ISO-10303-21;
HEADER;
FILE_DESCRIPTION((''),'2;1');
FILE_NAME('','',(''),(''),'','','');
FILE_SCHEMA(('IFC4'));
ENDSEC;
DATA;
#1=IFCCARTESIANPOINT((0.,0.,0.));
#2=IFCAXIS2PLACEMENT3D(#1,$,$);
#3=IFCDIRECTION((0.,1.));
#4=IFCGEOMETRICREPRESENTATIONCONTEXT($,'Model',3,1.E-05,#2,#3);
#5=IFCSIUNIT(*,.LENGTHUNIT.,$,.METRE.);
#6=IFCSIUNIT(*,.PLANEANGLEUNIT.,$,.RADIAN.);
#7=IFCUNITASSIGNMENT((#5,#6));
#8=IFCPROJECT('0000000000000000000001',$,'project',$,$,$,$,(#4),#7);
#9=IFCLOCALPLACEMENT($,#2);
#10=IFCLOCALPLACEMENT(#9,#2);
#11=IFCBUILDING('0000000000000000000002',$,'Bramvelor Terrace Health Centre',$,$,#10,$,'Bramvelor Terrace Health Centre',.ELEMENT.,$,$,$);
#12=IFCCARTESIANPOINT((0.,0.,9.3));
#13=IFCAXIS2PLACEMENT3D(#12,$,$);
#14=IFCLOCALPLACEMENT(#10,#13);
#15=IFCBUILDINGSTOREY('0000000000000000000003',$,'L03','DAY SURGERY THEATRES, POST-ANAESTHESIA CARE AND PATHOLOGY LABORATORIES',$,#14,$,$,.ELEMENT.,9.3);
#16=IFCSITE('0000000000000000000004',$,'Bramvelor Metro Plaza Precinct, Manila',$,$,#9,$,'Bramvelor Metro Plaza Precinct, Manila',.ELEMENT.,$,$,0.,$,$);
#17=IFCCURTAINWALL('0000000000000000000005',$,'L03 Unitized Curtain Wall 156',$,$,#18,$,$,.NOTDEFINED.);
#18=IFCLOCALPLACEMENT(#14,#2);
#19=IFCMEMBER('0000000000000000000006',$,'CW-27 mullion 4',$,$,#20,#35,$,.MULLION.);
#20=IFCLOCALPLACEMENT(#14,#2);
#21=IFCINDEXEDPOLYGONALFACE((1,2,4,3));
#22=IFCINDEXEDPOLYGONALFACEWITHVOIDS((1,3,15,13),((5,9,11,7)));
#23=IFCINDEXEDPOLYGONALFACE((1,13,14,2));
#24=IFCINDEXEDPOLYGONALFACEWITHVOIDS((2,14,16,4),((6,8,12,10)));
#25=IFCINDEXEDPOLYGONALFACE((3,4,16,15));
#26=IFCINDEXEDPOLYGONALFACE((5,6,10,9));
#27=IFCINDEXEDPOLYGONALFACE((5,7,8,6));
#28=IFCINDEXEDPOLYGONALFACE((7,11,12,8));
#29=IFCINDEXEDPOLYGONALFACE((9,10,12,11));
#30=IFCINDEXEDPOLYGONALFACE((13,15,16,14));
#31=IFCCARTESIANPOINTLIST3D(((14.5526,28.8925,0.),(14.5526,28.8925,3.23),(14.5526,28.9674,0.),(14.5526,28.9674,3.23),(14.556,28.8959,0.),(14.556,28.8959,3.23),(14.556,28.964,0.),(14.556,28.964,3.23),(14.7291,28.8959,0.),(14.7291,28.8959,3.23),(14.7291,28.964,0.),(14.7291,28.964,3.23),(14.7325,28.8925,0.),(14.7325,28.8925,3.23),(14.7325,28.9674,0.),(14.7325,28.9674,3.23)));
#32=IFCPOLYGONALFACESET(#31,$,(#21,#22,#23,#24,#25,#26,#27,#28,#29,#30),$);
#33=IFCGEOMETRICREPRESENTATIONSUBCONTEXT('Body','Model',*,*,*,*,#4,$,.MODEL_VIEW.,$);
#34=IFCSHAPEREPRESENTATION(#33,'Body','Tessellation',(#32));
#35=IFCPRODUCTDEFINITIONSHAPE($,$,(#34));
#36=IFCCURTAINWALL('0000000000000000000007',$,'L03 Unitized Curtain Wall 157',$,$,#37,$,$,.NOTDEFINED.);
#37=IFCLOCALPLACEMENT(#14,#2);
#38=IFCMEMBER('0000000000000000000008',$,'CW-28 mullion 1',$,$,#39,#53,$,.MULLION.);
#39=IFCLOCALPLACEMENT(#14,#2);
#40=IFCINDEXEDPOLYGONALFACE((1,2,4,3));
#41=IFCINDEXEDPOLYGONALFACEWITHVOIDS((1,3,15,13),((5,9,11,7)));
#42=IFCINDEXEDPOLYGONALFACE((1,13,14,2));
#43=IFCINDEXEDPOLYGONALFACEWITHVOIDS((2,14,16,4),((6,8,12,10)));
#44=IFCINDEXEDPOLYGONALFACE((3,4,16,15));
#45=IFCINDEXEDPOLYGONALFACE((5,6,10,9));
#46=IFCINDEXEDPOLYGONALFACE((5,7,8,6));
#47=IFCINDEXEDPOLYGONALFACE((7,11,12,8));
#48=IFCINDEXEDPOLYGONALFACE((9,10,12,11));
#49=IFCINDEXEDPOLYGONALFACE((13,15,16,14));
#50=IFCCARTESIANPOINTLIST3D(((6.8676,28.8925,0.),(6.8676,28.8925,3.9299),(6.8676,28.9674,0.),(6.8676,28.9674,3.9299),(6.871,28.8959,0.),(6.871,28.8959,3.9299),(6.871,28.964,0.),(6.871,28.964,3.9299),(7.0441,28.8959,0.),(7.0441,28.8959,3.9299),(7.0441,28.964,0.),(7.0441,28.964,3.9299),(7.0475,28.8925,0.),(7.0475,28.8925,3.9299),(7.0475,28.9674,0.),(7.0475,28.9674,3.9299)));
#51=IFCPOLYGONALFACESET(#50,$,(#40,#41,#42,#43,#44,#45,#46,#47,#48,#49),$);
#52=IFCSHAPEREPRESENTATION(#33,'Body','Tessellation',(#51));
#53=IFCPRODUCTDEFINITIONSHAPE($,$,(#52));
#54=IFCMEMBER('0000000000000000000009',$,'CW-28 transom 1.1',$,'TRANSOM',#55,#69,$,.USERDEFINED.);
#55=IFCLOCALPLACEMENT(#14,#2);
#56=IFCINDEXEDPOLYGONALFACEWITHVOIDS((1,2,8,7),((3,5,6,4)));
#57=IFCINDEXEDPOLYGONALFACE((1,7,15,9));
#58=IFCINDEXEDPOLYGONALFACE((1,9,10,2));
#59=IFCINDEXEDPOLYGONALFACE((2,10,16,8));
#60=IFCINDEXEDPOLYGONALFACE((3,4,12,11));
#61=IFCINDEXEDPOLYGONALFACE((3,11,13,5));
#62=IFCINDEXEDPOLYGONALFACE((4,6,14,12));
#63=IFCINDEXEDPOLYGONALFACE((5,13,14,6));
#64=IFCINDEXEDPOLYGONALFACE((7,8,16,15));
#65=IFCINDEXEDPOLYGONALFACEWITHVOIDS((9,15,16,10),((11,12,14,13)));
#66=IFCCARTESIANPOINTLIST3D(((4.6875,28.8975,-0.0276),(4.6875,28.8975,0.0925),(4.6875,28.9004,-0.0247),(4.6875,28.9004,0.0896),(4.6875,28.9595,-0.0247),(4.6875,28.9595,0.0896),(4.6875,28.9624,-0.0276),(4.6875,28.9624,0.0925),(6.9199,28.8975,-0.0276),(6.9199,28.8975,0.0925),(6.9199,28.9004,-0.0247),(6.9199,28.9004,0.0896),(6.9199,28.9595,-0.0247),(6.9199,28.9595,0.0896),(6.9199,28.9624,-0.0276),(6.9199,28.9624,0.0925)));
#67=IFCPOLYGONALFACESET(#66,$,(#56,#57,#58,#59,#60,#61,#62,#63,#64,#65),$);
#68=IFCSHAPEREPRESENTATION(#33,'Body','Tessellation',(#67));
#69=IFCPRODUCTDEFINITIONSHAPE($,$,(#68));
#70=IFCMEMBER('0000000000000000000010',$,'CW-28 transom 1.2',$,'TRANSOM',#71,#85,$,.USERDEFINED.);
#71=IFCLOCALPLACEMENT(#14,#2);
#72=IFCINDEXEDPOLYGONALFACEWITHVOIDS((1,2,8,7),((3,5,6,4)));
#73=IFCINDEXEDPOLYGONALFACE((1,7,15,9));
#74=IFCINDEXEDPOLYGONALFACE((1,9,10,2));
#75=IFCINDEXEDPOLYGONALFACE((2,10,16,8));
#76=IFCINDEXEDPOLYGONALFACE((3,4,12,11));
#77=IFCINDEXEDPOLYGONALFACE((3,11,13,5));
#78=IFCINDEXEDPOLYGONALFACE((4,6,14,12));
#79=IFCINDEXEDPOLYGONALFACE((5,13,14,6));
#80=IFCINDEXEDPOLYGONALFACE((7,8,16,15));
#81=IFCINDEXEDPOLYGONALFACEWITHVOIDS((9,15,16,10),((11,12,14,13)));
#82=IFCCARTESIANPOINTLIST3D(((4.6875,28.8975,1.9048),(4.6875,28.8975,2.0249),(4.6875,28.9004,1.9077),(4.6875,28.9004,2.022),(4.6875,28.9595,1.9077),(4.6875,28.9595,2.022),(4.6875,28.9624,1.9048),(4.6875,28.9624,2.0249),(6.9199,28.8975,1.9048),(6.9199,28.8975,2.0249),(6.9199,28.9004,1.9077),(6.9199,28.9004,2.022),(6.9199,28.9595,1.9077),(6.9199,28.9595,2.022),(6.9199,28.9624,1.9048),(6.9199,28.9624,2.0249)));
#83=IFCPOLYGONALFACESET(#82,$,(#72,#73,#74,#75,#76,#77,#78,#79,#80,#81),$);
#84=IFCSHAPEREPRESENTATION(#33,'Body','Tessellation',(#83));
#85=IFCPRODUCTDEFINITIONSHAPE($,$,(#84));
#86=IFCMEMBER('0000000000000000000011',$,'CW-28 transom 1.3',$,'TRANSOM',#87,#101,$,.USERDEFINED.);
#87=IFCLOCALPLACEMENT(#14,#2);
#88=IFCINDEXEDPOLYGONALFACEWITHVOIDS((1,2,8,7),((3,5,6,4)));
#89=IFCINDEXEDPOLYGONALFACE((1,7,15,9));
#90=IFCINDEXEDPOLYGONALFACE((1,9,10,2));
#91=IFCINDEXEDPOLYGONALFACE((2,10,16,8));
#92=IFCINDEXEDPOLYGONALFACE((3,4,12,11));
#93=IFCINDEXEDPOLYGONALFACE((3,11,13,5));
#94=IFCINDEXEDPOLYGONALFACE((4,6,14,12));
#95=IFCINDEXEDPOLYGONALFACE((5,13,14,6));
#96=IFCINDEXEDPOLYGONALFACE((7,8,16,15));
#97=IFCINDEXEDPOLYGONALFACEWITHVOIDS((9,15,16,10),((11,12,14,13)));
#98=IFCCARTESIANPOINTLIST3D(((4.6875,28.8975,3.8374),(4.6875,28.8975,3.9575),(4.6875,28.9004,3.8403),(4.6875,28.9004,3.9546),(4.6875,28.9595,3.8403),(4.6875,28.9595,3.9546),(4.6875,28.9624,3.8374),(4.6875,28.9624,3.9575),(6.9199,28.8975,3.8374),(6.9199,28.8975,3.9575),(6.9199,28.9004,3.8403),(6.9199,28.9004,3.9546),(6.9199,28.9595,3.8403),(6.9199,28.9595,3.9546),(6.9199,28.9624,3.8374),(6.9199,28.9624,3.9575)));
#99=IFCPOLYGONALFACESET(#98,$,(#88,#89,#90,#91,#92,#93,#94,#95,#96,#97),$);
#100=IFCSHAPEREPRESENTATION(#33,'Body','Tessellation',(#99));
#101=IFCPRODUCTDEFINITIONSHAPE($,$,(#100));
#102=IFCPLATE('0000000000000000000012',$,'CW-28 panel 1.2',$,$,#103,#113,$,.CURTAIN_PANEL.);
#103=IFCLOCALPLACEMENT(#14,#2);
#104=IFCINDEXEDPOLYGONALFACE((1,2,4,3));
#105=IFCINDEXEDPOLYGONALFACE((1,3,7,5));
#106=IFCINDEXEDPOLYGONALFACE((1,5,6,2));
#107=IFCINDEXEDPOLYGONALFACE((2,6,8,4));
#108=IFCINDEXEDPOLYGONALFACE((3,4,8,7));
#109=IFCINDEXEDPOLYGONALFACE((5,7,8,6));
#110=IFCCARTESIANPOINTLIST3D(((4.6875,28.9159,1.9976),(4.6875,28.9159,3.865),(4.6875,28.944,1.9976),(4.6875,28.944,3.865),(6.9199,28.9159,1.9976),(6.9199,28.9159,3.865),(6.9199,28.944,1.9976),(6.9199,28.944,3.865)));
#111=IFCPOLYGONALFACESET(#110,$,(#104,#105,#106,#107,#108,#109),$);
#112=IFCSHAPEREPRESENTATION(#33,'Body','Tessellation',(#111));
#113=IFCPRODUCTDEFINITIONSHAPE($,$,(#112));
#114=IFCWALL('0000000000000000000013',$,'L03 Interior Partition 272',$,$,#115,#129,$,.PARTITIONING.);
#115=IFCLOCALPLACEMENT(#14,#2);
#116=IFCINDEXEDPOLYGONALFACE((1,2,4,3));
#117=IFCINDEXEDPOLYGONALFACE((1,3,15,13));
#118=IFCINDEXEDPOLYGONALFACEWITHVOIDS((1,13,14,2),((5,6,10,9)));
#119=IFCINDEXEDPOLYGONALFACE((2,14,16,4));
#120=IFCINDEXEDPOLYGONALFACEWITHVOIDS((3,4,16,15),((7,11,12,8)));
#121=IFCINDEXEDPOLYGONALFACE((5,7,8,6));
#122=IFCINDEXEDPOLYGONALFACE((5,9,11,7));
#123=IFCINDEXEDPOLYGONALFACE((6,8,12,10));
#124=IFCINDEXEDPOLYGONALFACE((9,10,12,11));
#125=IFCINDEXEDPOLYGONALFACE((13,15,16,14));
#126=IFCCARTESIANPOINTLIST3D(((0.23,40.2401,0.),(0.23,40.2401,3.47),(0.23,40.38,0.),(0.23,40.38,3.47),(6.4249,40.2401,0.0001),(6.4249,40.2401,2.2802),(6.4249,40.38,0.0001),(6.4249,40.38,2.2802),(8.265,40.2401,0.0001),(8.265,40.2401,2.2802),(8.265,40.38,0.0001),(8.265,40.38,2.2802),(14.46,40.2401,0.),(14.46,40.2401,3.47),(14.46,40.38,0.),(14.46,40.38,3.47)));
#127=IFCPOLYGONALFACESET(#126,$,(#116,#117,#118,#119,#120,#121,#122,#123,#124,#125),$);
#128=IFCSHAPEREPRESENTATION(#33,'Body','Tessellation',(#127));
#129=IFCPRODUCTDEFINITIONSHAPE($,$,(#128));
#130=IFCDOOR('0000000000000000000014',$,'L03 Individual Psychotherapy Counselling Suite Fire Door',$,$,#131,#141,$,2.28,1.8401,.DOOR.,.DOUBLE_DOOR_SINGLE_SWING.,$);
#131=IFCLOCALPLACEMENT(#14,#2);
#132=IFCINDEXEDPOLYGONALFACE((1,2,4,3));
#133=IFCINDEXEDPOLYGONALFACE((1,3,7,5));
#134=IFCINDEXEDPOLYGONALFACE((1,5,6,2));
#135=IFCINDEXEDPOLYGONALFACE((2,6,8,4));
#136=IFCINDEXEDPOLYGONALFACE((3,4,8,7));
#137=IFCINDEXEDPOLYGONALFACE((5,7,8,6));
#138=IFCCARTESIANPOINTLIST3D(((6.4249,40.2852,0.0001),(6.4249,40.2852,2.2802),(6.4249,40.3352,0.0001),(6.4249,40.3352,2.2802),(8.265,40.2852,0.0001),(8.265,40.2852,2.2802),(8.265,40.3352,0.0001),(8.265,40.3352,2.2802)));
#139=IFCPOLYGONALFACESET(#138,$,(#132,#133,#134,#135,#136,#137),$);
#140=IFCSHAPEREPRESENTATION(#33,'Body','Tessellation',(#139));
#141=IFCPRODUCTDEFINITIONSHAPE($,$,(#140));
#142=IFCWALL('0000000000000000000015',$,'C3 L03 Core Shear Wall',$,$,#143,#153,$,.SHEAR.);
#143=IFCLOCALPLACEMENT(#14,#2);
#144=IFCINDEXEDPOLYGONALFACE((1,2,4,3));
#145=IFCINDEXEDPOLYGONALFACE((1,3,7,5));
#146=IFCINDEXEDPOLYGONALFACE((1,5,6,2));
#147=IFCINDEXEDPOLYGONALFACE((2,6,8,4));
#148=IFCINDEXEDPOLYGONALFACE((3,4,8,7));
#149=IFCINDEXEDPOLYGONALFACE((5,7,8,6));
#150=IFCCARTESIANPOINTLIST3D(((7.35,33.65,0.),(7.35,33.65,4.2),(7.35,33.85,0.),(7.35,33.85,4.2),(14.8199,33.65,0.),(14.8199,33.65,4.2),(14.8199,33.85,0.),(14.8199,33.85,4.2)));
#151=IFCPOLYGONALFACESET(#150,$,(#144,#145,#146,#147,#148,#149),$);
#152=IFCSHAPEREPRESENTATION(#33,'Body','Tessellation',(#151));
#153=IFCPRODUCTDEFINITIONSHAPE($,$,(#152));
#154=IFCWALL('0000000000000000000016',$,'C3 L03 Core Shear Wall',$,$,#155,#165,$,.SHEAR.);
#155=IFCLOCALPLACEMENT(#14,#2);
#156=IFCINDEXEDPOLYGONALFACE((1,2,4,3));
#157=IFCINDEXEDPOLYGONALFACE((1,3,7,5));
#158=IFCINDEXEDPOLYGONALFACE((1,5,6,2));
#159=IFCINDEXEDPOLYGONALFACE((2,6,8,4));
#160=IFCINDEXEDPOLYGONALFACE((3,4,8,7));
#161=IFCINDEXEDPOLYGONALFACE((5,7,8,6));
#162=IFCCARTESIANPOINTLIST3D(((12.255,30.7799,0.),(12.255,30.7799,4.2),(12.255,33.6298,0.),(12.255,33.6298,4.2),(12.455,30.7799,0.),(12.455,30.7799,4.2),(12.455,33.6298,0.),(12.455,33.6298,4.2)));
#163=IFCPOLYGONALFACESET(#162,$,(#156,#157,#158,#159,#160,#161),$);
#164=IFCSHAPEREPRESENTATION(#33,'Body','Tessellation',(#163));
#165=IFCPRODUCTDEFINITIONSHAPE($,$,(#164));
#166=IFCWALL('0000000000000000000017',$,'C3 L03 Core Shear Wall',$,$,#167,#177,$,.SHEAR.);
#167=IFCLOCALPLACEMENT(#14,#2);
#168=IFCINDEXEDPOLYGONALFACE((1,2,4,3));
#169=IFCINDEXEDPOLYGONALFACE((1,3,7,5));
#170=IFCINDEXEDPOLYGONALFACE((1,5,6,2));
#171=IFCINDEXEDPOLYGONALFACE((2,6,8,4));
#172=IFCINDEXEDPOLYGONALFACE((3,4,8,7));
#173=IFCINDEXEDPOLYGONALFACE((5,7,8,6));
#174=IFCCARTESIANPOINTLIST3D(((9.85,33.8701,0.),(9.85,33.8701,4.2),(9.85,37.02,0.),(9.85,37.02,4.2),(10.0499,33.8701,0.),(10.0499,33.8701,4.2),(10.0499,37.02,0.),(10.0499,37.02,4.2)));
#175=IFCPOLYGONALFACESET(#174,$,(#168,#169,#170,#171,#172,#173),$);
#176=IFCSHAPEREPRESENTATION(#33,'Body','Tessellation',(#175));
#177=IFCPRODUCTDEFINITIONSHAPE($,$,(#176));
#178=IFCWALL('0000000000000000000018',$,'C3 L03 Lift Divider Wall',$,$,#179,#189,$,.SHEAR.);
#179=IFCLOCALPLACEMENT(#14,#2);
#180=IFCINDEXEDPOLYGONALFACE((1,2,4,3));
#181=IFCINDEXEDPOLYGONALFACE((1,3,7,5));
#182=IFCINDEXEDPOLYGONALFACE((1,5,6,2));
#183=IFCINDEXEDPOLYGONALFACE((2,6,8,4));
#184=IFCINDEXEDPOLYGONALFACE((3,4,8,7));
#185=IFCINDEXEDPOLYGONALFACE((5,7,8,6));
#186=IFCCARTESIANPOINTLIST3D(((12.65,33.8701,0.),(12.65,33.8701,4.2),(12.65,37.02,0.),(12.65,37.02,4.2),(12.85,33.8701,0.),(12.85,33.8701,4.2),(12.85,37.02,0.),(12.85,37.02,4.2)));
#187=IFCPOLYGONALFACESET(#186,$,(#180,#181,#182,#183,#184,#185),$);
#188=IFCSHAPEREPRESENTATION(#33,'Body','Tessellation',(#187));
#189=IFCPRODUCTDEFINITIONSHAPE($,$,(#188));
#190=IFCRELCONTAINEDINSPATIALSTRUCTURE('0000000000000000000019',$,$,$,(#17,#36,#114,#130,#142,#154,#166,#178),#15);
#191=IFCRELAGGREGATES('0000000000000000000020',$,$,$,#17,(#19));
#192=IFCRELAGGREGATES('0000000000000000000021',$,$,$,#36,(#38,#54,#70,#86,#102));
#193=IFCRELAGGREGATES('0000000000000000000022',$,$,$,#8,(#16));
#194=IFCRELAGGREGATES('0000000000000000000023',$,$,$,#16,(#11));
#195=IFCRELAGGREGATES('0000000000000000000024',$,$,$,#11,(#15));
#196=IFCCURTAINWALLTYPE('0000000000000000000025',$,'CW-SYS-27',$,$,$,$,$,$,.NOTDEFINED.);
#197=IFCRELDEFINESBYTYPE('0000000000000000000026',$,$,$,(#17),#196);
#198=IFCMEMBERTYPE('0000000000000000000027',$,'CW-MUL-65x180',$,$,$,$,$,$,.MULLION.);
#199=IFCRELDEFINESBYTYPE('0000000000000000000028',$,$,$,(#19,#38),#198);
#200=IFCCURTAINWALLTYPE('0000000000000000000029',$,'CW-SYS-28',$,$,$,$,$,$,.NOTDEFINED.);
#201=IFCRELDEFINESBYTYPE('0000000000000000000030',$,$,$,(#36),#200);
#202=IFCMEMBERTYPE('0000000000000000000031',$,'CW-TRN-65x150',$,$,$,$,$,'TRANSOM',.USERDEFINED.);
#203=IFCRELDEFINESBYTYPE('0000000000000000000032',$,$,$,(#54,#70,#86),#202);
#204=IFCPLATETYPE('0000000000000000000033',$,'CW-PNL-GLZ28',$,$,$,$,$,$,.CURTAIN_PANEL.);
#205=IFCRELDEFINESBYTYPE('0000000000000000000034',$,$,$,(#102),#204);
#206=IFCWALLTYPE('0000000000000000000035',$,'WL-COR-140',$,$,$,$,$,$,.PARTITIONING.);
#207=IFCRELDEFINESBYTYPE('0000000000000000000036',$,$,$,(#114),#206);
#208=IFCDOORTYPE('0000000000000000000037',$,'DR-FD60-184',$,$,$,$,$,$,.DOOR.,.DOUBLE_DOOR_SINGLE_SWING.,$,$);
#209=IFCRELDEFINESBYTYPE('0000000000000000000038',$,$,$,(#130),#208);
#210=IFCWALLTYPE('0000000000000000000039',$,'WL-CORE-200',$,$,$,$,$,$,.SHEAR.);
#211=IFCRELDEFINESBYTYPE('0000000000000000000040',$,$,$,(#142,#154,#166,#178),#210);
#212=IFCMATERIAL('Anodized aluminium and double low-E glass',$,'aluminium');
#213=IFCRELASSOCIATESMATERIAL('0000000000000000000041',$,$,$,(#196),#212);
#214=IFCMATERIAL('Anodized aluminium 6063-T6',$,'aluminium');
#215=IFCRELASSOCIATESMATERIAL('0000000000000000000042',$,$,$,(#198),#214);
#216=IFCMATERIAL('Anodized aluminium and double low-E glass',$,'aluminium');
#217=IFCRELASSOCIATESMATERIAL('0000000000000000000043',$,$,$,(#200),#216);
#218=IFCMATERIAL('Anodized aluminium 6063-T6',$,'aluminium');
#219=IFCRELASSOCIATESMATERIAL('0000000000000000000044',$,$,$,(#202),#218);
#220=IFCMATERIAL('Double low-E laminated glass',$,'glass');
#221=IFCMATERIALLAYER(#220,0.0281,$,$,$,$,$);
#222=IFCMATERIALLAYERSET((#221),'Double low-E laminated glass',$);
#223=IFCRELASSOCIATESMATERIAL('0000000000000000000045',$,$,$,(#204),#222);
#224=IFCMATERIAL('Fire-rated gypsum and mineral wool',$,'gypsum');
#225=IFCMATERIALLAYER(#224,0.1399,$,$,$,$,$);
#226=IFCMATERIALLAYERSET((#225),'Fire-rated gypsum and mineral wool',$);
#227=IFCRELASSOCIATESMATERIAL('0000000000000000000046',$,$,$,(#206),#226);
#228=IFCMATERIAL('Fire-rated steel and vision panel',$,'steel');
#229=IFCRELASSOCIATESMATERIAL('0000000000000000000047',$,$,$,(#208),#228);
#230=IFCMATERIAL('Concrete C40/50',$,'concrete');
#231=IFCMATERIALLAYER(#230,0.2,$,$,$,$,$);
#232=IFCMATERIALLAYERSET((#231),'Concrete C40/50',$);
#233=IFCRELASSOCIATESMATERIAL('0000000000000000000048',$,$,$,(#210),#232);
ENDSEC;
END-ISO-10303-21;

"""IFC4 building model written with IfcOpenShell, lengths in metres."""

from ifc_helpers import new_model, si_unit, direction, frame, frame_2d, origin, origin_2d, place, context, subcontext, project, spatial, rectangle, hollow_rectangle, extrude, material, layer, layer_set, material_profile, profile_set, type_object, element, fill, aggregate, save


model = new_model("IFC4")

# Units and contexts
model_context = context("Model", 3, precision=1e-05, world=origin(), true_north=direction((0.0, 1.0)))
body_context = subcontext(model_context, "Body", "Model", "MODEL_VIEW")
ifc_project = project(units=[si_unit("LENGTHUNIT", "METRE"), si_unit("PLANEANGLEUNIT", "RADIAN")], contexts=[model_context])

# Site, building, storey
site_placement = place(None, origin())
site = spatial("IfcSite", under=ifc_project, at=site_placement, Name="Bramvelor Metro Plaza Precinct, Manila", LongName="Bramvelor Metro Plaza Precinct, Manila", CompositionType="ELEMENT", RefElevation=0.0)
building_placement = place(site_placement, origin())
building = spatial("IfcBuilding", under=site, at=building_placement, Name="Bramvelor Terrace Health Centre", LongName="Bramvelor Terrace Health Centre", CompositionType="ELEMENT")
storey_placement = place(building_placement, frame((0.0, 0.0, 9.3)))
storey = spatial("IfcBuildingStorey", under=building, at=storey_placement, Name="L03", Description="DAY SURGERY THEATRES, POST-ANAESTHESIA CARE AND PATHOLOGY LABORATORIES", CompositionType="ELEMENT", Elevation=9.3)

# Curtain wall, member
ifc_material_1 = material(Name="Anodized aluminium and double low-E glass", Category="aluminium")
curtain_wall_type_1 = type_object("IfcCurtainWallType", Name="CW-SYS-27", PredefinedType="NOTDEFINED", material=ifc_material_1)
curtain_wall_1_placement = place(storey_placement, origin())
curtain_wall_1 = element("IfcCurtainWall", 1, at=curtain_wall_1_placement, inside=storey, type_object=curtain_wall_type_1, Name="L03 Unitized Curtain Wall 156", PredefinedType="NOTDEFINED")
ifc_material_2 = material(Name="Anodized aluminium 6063-T6", Category="aluminium")
ifc_material_profile_1 = material_profile(ifc_material_2, hollow_rectangle(XDim=0.075, YDim=0.1799, WallThickness=0.0034, at=origin_2d()), Name="ALU-MUL 75x180x3.5")
ifc_profile_set_1 = profile_set([ifc_material_profile_1], Name="Anodized aluminium 6063-T6")
member_type_1 = type_object("IfcMemberType", Name="CW-MUL-65x180", PredefinedType="MULLION", material=ifc_profile_set_1)
member_1_placement = place(storey_placement, frame((14.6426, 28.9299, 0.0), z_axis=(0.0, 0.0, 1.0), x_axis=(0.0, -1.0, 0.0)))
member_1 = element("IfcMember", 2, at=member_1_placement, type_object=member_type_1, Name="CW-27 mullion 4", PredefinedType="MULLION", context=body_context, shape_type="SweptSolid", body=[
    extrude(hollow_rectangle(XDim=0.075, YDim=0.1799, WallThickness=0.0034, at=origin_2d()), origin(), (0.0, 0.0, 1.0), 3.23),
])
aggregate(curtain_wall_1, [member_1])

# Curtain wall, members, plate
ifc_material_3 = material(Name="Anodized aluminium and double low-E glass", Category="aluminium")
curtain_wall_type_2 = type_object("IfcCurtainWallType", Name="CW-SYS-28", PredefinedType="NOTDEFINED", material=ifc_material_3)
curtain_wall_2_placement = place(storey_placement, origin())
curtain_wall_2 = element("IfcCurtainWall", 3, at=curtain_wall_2_placement, inside=storey, type_object=curtain_wall_type_2, Name="L03 Unitized Curtain Wall 157", PredefinedType="NOTDEFINED")
member_2_placement = place(storey_placement, frame((6.9575, 28.9299, 0.0), z_axis=(0.0, 0.0, 1.0), x_axis=(0.0, -1.0, 0.0)))
member_2 = element("IfcMember", 4, at=member_2_placement, type_object=member_type_1, Name="CW-28 mullion 1", PredefinedType="MULLION", context=body_context, shape_type="SweptSolid", body=[
    extrude(hollow_rectangle(XDim=0.075, YDim=0.1799, WallThickness=0.0034, at=origin_2d()), origin(), (0.0, 0.0, 1.0), 3.9299),
])
ifc_material_4 = material(Name="Anodized aluminium 6063-T6", Category="aluminium")
ifc_material_profile_2 = material_profile(ifc_material_4, hollow_rectangle(XDim=0.0649, YDim=0.1201, WallThickness=0.0029, at=origin_2d()), Name="ALU-TRN 65x120x3.0")
ifc_profile_set_2 = profile_set([ifc_material_profile_2], Name="Anodized aluminium 6063-T6")
member_type_2 = type_object("IfcMemberType", Name="CW-TRN-65x150", ElementType="TRANSOM", PredefinedType="USERDEFINED", material=ifc_profile_set_2)
member_3_placement = place(storey_placement, frame((6.9199, 28.9299, 0.0325), z_axis=(-1.0, 0.0, 0.0), x_axis=(0.0, -1.0, 0.0)))
member_3 = element("IfcMember", 5, at=member_3_placement, type_object=member_type_2, Name="CW-28 transom 1.1", ObjectType="TRANSOM", PredefinedType="USERDEFINED", context=body_context, shape_type="SweptSolid", body=[
    extrude(hollow_rectangle(XDim=0.0649, YDim=0.1201, WallThickness=0.0029, at=origin_2d()), origin(), (0.0, 0.0, 1.0), 2.2324),
])
member_4_placement = place(storey_placement, frame((6.9199, 28.9299, 1.9648), z_axis=(-1.0, 0.0, 0.0), x_axis=(0.0, -1.0, 0.0)))
member_4 = element("IfcMember", 6, at=member_4_placement, type_object=member_type_2, Name="CW-28 transom 1.2", ObjectType="TRANSOM", PredefinedType="USERDEFINED", context=body_context, shape_type="SweptSolid", body=[
    extrude(hollow_rectangle(XDim=0.0649, YDim=0.1201, WallThickness=0.0029, at=origin_2d()), origin(), (0.0, 0.0, 1.0), 2.2324),
])
member_5_placement = place(storey_placement, frame((6.9199, 28.9299, 3.8975), z_axis=(-1.0, 0.0, 0.0), x_axis=(0.0, -1.0, 0.0)))
member_5 = element("IfcMember", 7, at=member_5_placement, type_object=member_type_2, Name="CW-28 transom 1.3", ObjectType="TRANSOM", PredefinedType="USERDEFINED", context=body_context, shape_type="SweptSolid", body=[
    extrude(hollow_rectangle(XDim=0.0649, YDim=0.1201, WallThickness=0.0029, at=origin_2d()), origin(), (0.0, 0.0, 1.0), 2.2324),
])
ifc_material_5 = material(Name="Double low-E laminated glass", Category="glass")
ifc_layer_1 = layer(ifc_material_5, 0.0281)
ifc_layer_set_1 = layer_set([ifc_layer_1], Name="Double low-E laminated glass")
plate_type = type_object("IfcPlateType", Name="CW-PNL-GLZ28", PredefinedType="CURTAIN_PANEL", material=ifc_layer_set_1)
plate_placement = place(storey_placement, frame((5.8037, 28.9299, 1.9976), z_axis=(0.0, 0.0, 1.0), x_axis=(-1.0, 0.0, 0.0)))
plate = element("IfcPlate", 8, at=plate_placement, type_object=plate_type, Name="CW-28 panel 1.2", PredefinedType="CURTAIN_PANEL", context=body_context, shape_type="SweptSolid", body=[
    extrude(rectangle(XDim=2.2324, YDim=0.0281, at=origin_2d()), origin(), (0.0, 0.0, 1.0), 1.8674),
])
aggregate(curtain_wall_2, [member_2, member_3, member_4, member_5, plate])

# Wall, opening, door
ifc_material_6 = material(Name="Fire-rated gypsum and mineral wool", Category="gypsum")
ifc_layer_2 = layer(ifc_material_6, 0.1399)
ifc_layer_set_2 = layer_set([ifc_layer_2], Name="Fire-rated gypsum and mineral wool")
wall_type_1 = type_object("IfcWallType", Name="WL-COR-140", PredefinedType="PARTITIONING", material=ifc_layer_set_2)
wall_1_placement = place(storey_placement, frame((14.46, 40.3101, 0.0), z_axis=(0.0, 0.0, 1.0), x_axis=(-1.0, 0.0, 0.0)))
wall_1 = element("IfcWall", 9, at=wall_1_placement, inside=storey, type_object=wall_type_1, Name="L03 Interior Partition 272", PredefinedType="PARTITIONING", context=body_context, shape_type="SweptSolid", body=[
    extrude(rectangle(XDim=14.23, YDim=0.1399, at=frame_2d((7.115, 0.0))), origin(), (0.0, 0.0, 1.0), 3.47),
])
opening_1_placement = place(wall_1_placement, frame((6.1951, 0.0, 0.0)))
opening_1 = element("IfcOpeningElement", 10, at=opening_1_placement, cuts=wall_1, PredefinedType="OPENING", context=body_context, shape_type="SweptSolid", body=[
    extrude(rectangle(XDim=1.8401, YDim=2.28, at=frame_2d((0.9199, 1.1401))), frame((0.0, 0.0798, 0.0), z_axis=(0.0, -1.0, 0.0), x_axis=(1.0, 0.0, 0.0)), (0.0, 0.0, 1.0), 0.1599),
])
ifc_material_7 = material(Name="Fire-rated steel and vision panel", Category="steel")
door_type_1 = type_object("IfcDoorType", Name="DR-FD60-184", OperationType="DOUBLE_DOOR_SINGLE_SWING", PredefinedType="DOOR", material=ifc_material_7)
door_1_placement = place(opening_1_placement, origin())
door_1 = element("IfcDoor", 11, at=door_1_placement, inside=storey, type_object=door_type_1, Name="L03 Individual Psychotherapy Counselling Suite Fire Door", OperationType="DOUBLE_DOOR_SINGLE_SWING", OverallHeight=2.28, OverallWidth=1.8401, PredefinedType="DOOR", context=body_context, shape_type="SweptSolid", body=[
    extrude(rectangle(XDim=1.8401, YDim=2.28, at=frame_2d((0.9199, 1.1401))), frame((0.0, 0.0249, 0.0), z_axis=(0.0, -1.0, 0.0), x_axis=(1.0, 0.0, 0.0)), (0.0, 0.0, 1.0), 0.05),
])
fill(opening_1, door_1)

# Walls
ifc_material_8 = material(Name="Concrete C40/50", Category="concrete")
ifc_layer_3 = layer(ifc_material_8, 0.2)
ifc_layer_set_3 = layer_set([ifc_layer_3], Name="Concrete C40/50")
wall_type_2 = type_object("IfcWallType", Name="WL-CORE-200", PredefinedType="SHEAR", material=ifc_layer_set_3)
wall_2_placement = place(storey_placement, frame((7.3501, 33.75, 0.0), z_axis=(0.0, 0.0, 1.0), x_axis=(1.0, 0.0, 0.0)))
element("IfcWall", 12, at=wall_2_placement, inside=storey, type_object=wall_type_2, Name="C3 L03 Core Shear Wall", PredefinedType="SHEAR", context=body_context, shape_type="SweptSolid", body=[
    extrude(rectangle(XDim=7.47, YDim=0.2, at=frame_2d((3.7349, 0.0))), origin(), (0.0, 0.0, 1.0), 4.2),
])
wall_3_placement = place(storey_placement, frame((12.355, 30.78, 0.0), z_axis=(0.0, 0.0, 1.0), x_axis=(0.0, 1.0, 0.0)))
element("IfcWall", 13, at=wall_3_placement, inside=storey, type_object=wall_type_2, Name="C3 L03 Core Shear Wall", PredefinedType="SHEAR", context=body_context, shape_type="SweptSolid", body=[
    extrude(rectangle(XDim=2.8499, YDim=0.2, at=frame_2d((1.4248, 0.0))), origin(), (0.0, 0.0, 1.0), 4.2),
])
for number, where, z_axis, x_axis, name in (
    (14, (9.95, 33.8701, 0.0), (0.0, 0.0, 1.0), (0.0, 1.0, 0.0), "C3 L03 Core Shear Wall"),
    (15, (12.75, 33.8701, 0.0), (0.0, 0.0, 1.0), (0.0, 1.0, 0.0), "C3 L03 Lift Divider Wall"),
):
    element("IfcWall", number, at=place(storey_placement, frame(where, z_axis=z_axis, x_axis=x_axis)), inside=storey, type_object=wall_type_2, Name=name, PredefinedType="SHEAR", context=body_context, shape_type="SweptSolid", body=[
        extrude(rectangle(XDim=3.1499, YDim=0.2, at=frame_2d((1.575, 0.0))), origin(), (0.0, 0.0, 1.0), 4.2),
    ])

save(model, "model.ifc")
